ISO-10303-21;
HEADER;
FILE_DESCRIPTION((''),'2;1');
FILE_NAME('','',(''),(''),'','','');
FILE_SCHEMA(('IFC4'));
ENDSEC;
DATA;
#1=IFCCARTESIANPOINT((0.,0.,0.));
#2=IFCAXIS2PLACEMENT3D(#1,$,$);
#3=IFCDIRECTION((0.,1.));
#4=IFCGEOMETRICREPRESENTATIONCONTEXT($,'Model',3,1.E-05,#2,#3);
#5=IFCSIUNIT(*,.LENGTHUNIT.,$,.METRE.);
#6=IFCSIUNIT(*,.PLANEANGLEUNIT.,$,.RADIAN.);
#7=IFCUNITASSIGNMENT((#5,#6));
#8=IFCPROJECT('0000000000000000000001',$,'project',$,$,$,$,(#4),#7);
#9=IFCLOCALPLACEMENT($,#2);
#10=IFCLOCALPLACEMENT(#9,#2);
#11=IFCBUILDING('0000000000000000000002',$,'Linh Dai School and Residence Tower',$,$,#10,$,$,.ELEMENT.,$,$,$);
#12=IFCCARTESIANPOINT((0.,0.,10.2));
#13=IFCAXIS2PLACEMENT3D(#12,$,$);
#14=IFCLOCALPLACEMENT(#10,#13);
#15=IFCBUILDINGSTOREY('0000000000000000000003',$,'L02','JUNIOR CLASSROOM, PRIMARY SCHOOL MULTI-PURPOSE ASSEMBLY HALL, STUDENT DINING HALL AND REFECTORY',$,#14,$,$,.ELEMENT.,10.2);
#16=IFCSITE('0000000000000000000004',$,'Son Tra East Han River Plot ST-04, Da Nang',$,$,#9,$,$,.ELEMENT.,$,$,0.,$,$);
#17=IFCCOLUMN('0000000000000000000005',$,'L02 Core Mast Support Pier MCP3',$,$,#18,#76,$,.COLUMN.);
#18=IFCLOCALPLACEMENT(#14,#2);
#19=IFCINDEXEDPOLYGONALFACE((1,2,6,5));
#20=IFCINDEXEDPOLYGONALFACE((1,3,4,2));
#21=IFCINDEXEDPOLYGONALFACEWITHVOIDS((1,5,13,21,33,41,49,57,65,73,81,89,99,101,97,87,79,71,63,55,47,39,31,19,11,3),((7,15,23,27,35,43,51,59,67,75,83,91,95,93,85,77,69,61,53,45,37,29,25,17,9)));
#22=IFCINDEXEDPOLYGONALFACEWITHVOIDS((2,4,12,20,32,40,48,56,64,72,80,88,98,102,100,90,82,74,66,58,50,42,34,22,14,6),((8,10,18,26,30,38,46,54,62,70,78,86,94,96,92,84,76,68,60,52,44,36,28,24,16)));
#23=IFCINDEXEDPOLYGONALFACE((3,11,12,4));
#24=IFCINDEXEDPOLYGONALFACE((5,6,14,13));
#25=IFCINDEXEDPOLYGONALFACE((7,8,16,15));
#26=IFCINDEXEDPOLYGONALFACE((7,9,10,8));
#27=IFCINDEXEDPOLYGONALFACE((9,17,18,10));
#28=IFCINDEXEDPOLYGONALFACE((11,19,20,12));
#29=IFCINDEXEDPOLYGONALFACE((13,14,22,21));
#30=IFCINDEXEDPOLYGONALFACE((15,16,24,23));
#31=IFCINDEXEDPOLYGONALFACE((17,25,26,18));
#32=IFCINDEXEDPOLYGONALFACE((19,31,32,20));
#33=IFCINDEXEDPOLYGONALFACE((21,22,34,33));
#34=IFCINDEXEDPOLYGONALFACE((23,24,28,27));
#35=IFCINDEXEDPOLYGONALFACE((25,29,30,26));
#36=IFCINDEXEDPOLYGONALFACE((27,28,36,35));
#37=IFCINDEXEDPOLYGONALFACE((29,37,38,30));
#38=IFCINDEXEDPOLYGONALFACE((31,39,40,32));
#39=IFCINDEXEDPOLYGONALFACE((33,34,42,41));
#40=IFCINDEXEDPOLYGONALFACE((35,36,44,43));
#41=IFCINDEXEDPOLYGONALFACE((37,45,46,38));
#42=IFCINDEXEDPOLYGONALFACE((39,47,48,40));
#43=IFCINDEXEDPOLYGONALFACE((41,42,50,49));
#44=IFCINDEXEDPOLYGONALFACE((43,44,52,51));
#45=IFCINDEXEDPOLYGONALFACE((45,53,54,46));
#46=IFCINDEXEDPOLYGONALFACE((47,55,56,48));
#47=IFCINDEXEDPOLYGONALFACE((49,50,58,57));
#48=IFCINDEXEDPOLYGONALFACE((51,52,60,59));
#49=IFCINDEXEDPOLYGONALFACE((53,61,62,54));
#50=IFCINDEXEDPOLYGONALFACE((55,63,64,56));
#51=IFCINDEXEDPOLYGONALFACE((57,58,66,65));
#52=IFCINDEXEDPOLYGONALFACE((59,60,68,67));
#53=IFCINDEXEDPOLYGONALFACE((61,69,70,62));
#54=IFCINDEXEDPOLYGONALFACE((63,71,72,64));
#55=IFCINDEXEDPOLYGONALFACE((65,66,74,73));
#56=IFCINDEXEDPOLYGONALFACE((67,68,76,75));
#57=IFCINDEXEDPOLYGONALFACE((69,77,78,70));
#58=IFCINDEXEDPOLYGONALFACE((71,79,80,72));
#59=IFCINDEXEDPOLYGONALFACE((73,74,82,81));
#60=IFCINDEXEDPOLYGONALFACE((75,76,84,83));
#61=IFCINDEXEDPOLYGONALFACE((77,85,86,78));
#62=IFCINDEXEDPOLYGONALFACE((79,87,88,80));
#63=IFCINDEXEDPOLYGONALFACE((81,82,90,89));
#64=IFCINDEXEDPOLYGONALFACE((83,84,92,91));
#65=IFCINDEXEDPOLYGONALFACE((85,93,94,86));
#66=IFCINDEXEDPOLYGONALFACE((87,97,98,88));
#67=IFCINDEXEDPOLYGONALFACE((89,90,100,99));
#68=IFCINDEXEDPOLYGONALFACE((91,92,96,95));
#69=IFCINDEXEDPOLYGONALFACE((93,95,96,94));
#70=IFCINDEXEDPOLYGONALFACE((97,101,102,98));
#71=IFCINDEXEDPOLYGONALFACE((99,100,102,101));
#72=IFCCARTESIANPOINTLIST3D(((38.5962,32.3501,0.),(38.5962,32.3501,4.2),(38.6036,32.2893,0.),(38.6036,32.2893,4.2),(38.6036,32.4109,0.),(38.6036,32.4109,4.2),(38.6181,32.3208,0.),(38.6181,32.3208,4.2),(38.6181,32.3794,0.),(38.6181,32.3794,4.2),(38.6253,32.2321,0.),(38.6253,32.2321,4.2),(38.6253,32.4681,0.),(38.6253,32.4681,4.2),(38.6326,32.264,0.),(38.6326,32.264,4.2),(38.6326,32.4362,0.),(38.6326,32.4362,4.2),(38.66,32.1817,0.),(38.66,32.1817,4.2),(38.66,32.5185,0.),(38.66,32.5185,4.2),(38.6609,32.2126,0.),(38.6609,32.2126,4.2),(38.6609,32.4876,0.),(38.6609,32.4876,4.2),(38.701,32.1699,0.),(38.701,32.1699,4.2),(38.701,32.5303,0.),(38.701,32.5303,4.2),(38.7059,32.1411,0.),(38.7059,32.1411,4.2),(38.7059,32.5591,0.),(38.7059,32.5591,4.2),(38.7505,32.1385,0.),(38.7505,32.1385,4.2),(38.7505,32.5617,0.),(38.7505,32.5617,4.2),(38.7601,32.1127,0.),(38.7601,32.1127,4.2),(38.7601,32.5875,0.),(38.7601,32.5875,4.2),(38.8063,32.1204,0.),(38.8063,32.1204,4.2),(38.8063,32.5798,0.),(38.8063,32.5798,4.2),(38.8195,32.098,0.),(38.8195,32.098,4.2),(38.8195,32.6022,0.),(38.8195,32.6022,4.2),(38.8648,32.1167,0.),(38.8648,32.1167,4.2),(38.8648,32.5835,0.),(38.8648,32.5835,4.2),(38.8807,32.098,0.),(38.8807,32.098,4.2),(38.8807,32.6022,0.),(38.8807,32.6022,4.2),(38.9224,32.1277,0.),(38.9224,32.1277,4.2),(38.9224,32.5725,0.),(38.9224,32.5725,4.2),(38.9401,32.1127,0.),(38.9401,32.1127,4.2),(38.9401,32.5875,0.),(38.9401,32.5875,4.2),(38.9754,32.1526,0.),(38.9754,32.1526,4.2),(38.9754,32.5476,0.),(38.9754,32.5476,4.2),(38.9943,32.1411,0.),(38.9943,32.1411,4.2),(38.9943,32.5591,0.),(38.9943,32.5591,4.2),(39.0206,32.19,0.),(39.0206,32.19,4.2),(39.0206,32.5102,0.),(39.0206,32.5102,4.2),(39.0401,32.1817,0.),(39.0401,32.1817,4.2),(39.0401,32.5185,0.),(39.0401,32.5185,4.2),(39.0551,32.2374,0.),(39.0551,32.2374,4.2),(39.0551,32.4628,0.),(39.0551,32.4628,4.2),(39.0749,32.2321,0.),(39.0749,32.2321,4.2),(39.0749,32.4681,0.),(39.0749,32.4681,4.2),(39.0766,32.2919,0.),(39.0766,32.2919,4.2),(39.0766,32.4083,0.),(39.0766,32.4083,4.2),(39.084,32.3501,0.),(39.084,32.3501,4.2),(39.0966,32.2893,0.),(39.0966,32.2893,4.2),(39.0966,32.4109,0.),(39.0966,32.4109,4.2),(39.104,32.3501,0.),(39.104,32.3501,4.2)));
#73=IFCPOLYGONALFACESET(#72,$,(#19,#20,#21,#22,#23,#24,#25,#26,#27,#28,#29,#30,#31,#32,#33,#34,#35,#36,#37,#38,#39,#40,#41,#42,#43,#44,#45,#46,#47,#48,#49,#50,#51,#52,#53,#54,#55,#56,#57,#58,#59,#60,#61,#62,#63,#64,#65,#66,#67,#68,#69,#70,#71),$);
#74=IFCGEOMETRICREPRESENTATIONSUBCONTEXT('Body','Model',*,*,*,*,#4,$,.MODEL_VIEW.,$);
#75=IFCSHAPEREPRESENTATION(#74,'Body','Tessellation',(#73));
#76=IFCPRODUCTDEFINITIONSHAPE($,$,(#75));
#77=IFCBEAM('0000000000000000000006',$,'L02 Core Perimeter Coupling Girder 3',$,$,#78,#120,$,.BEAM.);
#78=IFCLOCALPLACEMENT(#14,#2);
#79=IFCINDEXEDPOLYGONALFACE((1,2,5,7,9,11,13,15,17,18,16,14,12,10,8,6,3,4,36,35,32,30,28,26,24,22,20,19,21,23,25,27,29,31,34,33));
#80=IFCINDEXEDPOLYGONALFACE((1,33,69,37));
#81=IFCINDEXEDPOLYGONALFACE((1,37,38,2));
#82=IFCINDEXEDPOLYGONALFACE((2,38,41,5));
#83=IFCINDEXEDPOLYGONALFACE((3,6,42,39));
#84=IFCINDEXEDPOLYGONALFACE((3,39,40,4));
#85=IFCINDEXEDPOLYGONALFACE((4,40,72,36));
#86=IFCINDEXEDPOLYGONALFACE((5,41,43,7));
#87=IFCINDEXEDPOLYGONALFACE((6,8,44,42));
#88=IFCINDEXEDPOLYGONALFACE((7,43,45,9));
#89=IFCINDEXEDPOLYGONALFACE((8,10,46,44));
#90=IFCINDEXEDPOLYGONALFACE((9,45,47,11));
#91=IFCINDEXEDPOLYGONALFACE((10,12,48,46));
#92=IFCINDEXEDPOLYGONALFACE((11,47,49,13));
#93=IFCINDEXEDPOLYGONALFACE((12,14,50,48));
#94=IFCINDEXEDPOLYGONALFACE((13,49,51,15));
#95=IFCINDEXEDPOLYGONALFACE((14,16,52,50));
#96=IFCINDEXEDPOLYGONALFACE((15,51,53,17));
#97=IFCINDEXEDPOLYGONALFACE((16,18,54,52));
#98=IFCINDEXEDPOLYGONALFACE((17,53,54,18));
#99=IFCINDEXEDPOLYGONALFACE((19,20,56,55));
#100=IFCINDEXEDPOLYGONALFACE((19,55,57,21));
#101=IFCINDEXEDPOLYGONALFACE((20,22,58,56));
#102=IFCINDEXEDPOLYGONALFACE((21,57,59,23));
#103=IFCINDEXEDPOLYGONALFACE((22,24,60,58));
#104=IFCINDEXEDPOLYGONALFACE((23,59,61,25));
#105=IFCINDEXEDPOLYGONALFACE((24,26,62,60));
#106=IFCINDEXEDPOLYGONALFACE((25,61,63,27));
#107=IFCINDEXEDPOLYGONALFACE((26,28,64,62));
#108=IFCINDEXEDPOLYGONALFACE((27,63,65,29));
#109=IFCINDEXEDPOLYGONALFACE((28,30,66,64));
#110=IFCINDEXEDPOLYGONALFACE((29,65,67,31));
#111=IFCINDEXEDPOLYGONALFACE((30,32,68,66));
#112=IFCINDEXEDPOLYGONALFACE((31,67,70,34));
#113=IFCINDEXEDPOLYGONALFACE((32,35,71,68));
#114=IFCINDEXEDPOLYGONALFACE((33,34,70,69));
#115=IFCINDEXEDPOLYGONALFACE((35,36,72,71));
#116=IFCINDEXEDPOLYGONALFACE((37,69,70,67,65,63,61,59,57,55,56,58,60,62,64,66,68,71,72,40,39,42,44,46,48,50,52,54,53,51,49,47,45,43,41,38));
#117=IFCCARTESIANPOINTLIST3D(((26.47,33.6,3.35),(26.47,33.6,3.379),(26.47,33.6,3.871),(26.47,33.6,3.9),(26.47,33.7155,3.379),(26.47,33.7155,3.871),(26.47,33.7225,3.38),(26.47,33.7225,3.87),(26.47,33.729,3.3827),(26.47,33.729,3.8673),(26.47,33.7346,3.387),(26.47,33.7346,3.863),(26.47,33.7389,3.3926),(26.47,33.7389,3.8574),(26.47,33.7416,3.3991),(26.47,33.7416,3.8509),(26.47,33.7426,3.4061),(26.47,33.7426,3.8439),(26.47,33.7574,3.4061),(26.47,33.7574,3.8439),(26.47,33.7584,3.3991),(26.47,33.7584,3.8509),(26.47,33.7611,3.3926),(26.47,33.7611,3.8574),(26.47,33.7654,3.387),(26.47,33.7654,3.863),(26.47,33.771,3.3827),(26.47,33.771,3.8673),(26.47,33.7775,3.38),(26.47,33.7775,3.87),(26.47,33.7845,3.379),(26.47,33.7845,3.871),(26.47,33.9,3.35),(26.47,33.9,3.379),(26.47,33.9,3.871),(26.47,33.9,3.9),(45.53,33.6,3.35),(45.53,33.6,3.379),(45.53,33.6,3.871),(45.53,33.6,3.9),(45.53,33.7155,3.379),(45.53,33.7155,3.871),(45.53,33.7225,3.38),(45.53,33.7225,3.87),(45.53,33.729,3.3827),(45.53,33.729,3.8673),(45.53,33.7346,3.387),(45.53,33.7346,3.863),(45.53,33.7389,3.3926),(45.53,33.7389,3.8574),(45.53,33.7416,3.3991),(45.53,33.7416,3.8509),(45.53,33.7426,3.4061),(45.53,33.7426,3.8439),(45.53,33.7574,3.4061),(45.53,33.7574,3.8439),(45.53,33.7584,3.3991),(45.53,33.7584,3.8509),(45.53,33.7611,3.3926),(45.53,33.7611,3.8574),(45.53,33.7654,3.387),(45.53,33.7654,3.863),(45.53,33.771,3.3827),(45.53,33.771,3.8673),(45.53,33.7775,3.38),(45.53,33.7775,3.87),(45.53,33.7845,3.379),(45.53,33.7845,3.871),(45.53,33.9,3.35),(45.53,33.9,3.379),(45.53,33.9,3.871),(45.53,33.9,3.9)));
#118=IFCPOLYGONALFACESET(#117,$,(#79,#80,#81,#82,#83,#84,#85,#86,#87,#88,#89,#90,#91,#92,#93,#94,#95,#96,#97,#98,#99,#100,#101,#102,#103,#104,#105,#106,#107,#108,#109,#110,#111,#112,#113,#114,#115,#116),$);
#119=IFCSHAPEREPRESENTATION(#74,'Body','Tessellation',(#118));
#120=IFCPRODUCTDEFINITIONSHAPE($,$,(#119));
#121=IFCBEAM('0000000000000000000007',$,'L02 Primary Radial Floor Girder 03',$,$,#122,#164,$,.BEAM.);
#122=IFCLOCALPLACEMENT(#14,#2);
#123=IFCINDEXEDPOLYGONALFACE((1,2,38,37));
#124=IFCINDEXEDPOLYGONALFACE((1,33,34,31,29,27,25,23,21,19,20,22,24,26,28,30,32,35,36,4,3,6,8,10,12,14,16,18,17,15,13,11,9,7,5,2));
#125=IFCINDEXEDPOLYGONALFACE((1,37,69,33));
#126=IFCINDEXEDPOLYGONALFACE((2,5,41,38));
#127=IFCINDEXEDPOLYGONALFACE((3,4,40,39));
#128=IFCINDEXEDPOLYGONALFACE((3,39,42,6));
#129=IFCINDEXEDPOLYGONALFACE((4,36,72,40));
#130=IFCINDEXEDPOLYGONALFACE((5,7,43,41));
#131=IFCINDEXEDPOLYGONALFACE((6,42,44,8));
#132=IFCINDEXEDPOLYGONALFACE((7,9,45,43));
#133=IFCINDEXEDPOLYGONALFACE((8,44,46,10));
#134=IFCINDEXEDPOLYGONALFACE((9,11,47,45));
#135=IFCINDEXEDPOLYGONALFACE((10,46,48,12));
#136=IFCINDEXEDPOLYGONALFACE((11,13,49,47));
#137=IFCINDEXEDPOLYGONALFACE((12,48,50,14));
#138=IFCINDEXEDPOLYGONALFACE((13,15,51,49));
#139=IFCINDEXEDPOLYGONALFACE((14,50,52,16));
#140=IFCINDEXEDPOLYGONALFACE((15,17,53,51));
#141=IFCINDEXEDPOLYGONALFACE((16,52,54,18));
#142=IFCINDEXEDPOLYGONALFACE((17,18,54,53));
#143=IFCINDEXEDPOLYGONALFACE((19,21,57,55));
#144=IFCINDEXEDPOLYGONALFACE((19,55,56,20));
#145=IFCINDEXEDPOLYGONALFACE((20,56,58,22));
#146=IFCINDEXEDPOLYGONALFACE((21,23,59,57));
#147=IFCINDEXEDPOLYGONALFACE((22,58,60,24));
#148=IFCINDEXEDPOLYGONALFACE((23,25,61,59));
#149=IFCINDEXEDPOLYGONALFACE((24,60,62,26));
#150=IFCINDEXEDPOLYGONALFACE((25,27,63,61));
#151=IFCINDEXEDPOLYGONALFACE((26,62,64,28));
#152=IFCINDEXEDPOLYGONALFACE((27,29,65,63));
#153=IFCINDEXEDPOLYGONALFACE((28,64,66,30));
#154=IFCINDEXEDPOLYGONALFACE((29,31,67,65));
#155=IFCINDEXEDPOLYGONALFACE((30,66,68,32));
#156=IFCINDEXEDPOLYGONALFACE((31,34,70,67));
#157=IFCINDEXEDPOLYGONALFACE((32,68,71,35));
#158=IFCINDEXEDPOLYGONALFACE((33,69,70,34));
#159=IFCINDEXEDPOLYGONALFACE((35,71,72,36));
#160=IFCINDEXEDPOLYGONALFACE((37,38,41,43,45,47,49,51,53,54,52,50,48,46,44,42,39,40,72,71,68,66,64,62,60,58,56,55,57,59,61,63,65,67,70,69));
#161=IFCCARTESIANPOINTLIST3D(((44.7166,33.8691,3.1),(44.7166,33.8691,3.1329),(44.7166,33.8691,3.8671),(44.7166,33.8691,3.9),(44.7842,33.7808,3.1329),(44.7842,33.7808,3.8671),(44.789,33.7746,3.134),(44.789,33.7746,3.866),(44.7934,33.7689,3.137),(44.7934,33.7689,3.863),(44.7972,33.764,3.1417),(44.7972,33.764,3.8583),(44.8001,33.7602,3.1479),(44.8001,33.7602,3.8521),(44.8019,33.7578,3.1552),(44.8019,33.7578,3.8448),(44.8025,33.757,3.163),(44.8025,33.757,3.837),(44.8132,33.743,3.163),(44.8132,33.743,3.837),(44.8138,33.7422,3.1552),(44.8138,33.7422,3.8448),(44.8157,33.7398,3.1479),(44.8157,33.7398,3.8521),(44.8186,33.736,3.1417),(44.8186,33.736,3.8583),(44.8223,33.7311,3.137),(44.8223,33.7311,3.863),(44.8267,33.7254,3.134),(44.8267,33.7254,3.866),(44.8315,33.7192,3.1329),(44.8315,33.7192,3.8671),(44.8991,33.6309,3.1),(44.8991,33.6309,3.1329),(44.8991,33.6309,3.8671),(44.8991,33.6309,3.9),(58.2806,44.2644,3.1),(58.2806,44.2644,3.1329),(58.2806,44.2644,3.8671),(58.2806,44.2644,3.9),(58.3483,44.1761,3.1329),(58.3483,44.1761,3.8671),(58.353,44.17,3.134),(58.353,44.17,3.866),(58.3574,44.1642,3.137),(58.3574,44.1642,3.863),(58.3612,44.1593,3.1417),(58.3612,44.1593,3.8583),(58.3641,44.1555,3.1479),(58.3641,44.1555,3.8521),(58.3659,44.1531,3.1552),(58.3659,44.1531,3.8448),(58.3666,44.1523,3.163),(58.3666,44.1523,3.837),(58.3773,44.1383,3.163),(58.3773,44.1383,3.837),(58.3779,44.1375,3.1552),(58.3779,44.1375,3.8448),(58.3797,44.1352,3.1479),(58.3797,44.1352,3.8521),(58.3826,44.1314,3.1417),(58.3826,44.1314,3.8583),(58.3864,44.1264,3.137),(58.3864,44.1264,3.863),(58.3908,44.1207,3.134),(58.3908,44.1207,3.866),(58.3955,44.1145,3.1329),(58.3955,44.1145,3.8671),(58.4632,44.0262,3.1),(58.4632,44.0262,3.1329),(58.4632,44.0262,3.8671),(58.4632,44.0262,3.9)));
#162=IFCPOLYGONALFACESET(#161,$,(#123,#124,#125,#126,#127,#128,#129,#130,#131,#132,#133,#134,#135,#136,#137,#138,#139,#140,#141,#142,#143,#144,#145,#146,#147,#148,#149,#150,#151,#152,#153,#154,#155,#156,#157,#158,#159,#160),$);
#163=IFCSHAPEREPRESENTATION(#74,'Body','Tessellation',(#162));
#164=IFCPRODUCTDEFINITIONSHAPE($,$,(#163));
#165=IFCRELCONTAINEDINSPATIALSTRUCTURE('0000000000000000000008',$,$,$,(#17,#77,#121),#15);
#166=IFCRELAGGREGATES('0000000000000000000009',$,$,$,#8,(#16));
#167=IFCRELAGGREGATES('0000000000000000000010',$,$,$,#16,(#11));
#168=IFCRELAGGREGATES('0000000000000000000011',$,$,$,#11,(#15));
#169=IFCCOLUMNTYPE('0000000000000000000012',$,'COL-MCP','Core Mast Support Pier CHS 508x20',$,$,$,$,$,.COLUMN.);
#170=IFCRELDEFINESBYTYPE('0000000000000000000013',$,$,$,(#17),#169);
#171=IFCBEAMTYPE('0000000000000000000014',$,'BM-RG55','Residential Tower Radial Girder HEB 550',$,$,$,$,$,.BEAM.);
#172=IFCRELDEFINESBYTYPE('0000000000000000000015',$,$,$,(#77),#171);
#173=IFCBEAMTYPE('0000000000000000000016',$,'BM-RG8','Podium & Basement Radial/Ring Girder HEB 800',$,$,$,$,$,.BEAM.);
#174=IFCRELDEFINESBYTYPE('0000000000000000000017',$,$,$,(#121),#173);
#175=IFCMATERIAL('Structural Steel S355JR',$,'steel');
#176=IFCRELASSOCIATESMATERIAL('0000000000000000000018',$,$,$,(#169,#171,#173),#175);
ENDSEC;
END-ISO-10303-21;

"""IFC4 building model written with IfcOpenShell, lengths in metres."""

from ifc_helpers import new_model, si_unit, direction, frame, origin, origin_2d, place, context, subcontext, project, spatial, hollow_circle, i_section, extrude, material, material_profile, profile_set, type_object, element, save


model = new_model("IFC4")

# Units and contexts
model_context = context("Model", 3, precision=1e-05, world=origin(), true_north=direction((0.0, 1.0)))
body_context = subcontext(model_context, "Body", "Model", "MODEL_VIEW")
ifc_project = project(units=[si_unit("LENGTHUNIT", "METRE"), si_unit("PLANEANGLEUNIT", "RADIAN")], contexts=[model_context])

# Site, building, storey
site_placement = place(None, origin())
site = spatial("IfcSite", under=ifc_project, at=site_placement, Name="Son Tra East Han River Plot ST-04, Da Nang", CompositionType="ELEMENT", RefElevation=0.0)
building_placement = place(site_placement, origin())
building = spatial("IfcBuilding", under=site, at=building_placement, Name="Linh Dai School and Residence Tower", CompositionType="ELEMENT")
storey_placement = place(building_placement, frame((0.0, 0.0, 10.2)))
storey = spatial("IfcBuildingStorey", under=building, at=storey_placement, Name="L02", Description="JUNIOR CLASSROOM, PRIMARY SCHOOL MULTI-PURPOSE ASSEMBLY HALL, STUDENT DINING HALL AND REFECTORY", CompositionType="ELEMENT", Elevation=10.2)

# Column
ifc_material_1 = material(Name="Structural Steel S355JR", Category="steel")
ifc_material_profile_1 = material_profile(ifc_material_1, hollow_circle(Radius=0.2539, WallThickness=0.02, at=origin_2d()), Name="CHS 508x20")
ifc_profile_set_1 = profile_set([ifc_material_profile_1], Name="Structural Steel S355JR")
column_type = type_object("IfcColumnType", Name="COL-MCP", Description="Core Mast Support Pier CHS 508x20", PredefinedType="COLUMN", material=ifc_profile_set_1)
column_placement = place(storey_placement, frame((38.8501, 32.3501, 0.0), z_axis=(0.0, 0.0, 1.0), x_axis=(1.0, 0.0, 0.0)))
element("IfcColumn", 1, at=column_placement, inside=storey, type_object=column_type, Name="L02 Core Mast Support Pier MCP3", PredefinedType="COLUMN", context=body_context, shape_type="SweptSolid", body=[
    extrude(hollow_circle(Radius=0.2539, WallThickness=0.02, at=origin_2d()), origin(), (0.0, 0.0, 1.0), 4.2),
])

# Beams
ifc_material_profile_2 = material_profile(ifc_material_1, i_section(OverallWidth=0.3, OverallDepth=0.55, WebThickness=0.0149, FlangeThickness=0.0291, FilletRadius=0.0271, at=origin_2d()), Name="HEB 550")
ifc_profile_set_2 = profile_set([ifc_material_profile_2], Name="Structural Steel S355JR")
beam_type_1 = type_object("IfcBeamType", Name="BM-RG55", Description="Residential Tower Radial Girder HEB 550", PredefinedType="BEAM", material=ifc_profile_set_2)
beam_1_placement = place(storey_placement, frame((45.53, 33.75, 3.625), z_axis=(-1.0, 0.0, 0.0), x_axis=(0.0, -1.0, 0.0)))
element("IfcBeam", 2, at=beam_1_placement, inside=storey, type_object=beam_type_1, Name="L02 Core Perimeter Coupling Girder 3", PredefinedType="BEAM", context=body_context, shape_type="SweptSolid", body=[
    extrude(i_section(OverallWidth=0.3, OverallDepth=0.55, WebThickness=0.0149, FlangeThickness=0.0291, FilletRadius=0.0271, at=origin_2d()), origin(), (0.0, 0.0, 1.0), 19.0601),
])
ifc_material_profile_3 = material_profile(ifc_material_1, i_section(OverallWidth=0.3, OverallDepth=0.8, WebThickness=0.0176, FlangeThickness=0.033, FilletRadius=0.03, at=origin_2d()), Name="HEB 800")
ifc_profile_set_3 = profile_set([ifc_material_profile_3], Name="Structural Steel S355JR")
beam_type_2 = type_object("IfcBeamType", Name="BM-RG8", Description="Podium & Basement Radial/Ring Girder HEB 800", PredefinedType="BEAM", material=ifc_profile_set_3)
beam_2_placement = place(storey_placement, frame((44.8079, 33.75, 3.5), z_axis=(0.793713, 0.608292, 0.0), x_axis=(-0.608292, 0.793713, 0.0)))
element("IfcBeam", 3, at=beam_2_placement, inside=storey, type_object=beam_type_2, Name="L02 Primary Radial Floor Girder 03", PredefinedType="BEAM", context=body_context, shape_type="SweptSolid", body=[
    extrude(i_section(OverallWidth=0.3, OverallDepth=0.8, WebThickness=0.0176, FlangeThickness=0.033, FilletRadius=0.03, at=origin_2d()), origin(), (0.0, 0.0, 1.0), 17.0894),
])

save(model, "model.ifc")
